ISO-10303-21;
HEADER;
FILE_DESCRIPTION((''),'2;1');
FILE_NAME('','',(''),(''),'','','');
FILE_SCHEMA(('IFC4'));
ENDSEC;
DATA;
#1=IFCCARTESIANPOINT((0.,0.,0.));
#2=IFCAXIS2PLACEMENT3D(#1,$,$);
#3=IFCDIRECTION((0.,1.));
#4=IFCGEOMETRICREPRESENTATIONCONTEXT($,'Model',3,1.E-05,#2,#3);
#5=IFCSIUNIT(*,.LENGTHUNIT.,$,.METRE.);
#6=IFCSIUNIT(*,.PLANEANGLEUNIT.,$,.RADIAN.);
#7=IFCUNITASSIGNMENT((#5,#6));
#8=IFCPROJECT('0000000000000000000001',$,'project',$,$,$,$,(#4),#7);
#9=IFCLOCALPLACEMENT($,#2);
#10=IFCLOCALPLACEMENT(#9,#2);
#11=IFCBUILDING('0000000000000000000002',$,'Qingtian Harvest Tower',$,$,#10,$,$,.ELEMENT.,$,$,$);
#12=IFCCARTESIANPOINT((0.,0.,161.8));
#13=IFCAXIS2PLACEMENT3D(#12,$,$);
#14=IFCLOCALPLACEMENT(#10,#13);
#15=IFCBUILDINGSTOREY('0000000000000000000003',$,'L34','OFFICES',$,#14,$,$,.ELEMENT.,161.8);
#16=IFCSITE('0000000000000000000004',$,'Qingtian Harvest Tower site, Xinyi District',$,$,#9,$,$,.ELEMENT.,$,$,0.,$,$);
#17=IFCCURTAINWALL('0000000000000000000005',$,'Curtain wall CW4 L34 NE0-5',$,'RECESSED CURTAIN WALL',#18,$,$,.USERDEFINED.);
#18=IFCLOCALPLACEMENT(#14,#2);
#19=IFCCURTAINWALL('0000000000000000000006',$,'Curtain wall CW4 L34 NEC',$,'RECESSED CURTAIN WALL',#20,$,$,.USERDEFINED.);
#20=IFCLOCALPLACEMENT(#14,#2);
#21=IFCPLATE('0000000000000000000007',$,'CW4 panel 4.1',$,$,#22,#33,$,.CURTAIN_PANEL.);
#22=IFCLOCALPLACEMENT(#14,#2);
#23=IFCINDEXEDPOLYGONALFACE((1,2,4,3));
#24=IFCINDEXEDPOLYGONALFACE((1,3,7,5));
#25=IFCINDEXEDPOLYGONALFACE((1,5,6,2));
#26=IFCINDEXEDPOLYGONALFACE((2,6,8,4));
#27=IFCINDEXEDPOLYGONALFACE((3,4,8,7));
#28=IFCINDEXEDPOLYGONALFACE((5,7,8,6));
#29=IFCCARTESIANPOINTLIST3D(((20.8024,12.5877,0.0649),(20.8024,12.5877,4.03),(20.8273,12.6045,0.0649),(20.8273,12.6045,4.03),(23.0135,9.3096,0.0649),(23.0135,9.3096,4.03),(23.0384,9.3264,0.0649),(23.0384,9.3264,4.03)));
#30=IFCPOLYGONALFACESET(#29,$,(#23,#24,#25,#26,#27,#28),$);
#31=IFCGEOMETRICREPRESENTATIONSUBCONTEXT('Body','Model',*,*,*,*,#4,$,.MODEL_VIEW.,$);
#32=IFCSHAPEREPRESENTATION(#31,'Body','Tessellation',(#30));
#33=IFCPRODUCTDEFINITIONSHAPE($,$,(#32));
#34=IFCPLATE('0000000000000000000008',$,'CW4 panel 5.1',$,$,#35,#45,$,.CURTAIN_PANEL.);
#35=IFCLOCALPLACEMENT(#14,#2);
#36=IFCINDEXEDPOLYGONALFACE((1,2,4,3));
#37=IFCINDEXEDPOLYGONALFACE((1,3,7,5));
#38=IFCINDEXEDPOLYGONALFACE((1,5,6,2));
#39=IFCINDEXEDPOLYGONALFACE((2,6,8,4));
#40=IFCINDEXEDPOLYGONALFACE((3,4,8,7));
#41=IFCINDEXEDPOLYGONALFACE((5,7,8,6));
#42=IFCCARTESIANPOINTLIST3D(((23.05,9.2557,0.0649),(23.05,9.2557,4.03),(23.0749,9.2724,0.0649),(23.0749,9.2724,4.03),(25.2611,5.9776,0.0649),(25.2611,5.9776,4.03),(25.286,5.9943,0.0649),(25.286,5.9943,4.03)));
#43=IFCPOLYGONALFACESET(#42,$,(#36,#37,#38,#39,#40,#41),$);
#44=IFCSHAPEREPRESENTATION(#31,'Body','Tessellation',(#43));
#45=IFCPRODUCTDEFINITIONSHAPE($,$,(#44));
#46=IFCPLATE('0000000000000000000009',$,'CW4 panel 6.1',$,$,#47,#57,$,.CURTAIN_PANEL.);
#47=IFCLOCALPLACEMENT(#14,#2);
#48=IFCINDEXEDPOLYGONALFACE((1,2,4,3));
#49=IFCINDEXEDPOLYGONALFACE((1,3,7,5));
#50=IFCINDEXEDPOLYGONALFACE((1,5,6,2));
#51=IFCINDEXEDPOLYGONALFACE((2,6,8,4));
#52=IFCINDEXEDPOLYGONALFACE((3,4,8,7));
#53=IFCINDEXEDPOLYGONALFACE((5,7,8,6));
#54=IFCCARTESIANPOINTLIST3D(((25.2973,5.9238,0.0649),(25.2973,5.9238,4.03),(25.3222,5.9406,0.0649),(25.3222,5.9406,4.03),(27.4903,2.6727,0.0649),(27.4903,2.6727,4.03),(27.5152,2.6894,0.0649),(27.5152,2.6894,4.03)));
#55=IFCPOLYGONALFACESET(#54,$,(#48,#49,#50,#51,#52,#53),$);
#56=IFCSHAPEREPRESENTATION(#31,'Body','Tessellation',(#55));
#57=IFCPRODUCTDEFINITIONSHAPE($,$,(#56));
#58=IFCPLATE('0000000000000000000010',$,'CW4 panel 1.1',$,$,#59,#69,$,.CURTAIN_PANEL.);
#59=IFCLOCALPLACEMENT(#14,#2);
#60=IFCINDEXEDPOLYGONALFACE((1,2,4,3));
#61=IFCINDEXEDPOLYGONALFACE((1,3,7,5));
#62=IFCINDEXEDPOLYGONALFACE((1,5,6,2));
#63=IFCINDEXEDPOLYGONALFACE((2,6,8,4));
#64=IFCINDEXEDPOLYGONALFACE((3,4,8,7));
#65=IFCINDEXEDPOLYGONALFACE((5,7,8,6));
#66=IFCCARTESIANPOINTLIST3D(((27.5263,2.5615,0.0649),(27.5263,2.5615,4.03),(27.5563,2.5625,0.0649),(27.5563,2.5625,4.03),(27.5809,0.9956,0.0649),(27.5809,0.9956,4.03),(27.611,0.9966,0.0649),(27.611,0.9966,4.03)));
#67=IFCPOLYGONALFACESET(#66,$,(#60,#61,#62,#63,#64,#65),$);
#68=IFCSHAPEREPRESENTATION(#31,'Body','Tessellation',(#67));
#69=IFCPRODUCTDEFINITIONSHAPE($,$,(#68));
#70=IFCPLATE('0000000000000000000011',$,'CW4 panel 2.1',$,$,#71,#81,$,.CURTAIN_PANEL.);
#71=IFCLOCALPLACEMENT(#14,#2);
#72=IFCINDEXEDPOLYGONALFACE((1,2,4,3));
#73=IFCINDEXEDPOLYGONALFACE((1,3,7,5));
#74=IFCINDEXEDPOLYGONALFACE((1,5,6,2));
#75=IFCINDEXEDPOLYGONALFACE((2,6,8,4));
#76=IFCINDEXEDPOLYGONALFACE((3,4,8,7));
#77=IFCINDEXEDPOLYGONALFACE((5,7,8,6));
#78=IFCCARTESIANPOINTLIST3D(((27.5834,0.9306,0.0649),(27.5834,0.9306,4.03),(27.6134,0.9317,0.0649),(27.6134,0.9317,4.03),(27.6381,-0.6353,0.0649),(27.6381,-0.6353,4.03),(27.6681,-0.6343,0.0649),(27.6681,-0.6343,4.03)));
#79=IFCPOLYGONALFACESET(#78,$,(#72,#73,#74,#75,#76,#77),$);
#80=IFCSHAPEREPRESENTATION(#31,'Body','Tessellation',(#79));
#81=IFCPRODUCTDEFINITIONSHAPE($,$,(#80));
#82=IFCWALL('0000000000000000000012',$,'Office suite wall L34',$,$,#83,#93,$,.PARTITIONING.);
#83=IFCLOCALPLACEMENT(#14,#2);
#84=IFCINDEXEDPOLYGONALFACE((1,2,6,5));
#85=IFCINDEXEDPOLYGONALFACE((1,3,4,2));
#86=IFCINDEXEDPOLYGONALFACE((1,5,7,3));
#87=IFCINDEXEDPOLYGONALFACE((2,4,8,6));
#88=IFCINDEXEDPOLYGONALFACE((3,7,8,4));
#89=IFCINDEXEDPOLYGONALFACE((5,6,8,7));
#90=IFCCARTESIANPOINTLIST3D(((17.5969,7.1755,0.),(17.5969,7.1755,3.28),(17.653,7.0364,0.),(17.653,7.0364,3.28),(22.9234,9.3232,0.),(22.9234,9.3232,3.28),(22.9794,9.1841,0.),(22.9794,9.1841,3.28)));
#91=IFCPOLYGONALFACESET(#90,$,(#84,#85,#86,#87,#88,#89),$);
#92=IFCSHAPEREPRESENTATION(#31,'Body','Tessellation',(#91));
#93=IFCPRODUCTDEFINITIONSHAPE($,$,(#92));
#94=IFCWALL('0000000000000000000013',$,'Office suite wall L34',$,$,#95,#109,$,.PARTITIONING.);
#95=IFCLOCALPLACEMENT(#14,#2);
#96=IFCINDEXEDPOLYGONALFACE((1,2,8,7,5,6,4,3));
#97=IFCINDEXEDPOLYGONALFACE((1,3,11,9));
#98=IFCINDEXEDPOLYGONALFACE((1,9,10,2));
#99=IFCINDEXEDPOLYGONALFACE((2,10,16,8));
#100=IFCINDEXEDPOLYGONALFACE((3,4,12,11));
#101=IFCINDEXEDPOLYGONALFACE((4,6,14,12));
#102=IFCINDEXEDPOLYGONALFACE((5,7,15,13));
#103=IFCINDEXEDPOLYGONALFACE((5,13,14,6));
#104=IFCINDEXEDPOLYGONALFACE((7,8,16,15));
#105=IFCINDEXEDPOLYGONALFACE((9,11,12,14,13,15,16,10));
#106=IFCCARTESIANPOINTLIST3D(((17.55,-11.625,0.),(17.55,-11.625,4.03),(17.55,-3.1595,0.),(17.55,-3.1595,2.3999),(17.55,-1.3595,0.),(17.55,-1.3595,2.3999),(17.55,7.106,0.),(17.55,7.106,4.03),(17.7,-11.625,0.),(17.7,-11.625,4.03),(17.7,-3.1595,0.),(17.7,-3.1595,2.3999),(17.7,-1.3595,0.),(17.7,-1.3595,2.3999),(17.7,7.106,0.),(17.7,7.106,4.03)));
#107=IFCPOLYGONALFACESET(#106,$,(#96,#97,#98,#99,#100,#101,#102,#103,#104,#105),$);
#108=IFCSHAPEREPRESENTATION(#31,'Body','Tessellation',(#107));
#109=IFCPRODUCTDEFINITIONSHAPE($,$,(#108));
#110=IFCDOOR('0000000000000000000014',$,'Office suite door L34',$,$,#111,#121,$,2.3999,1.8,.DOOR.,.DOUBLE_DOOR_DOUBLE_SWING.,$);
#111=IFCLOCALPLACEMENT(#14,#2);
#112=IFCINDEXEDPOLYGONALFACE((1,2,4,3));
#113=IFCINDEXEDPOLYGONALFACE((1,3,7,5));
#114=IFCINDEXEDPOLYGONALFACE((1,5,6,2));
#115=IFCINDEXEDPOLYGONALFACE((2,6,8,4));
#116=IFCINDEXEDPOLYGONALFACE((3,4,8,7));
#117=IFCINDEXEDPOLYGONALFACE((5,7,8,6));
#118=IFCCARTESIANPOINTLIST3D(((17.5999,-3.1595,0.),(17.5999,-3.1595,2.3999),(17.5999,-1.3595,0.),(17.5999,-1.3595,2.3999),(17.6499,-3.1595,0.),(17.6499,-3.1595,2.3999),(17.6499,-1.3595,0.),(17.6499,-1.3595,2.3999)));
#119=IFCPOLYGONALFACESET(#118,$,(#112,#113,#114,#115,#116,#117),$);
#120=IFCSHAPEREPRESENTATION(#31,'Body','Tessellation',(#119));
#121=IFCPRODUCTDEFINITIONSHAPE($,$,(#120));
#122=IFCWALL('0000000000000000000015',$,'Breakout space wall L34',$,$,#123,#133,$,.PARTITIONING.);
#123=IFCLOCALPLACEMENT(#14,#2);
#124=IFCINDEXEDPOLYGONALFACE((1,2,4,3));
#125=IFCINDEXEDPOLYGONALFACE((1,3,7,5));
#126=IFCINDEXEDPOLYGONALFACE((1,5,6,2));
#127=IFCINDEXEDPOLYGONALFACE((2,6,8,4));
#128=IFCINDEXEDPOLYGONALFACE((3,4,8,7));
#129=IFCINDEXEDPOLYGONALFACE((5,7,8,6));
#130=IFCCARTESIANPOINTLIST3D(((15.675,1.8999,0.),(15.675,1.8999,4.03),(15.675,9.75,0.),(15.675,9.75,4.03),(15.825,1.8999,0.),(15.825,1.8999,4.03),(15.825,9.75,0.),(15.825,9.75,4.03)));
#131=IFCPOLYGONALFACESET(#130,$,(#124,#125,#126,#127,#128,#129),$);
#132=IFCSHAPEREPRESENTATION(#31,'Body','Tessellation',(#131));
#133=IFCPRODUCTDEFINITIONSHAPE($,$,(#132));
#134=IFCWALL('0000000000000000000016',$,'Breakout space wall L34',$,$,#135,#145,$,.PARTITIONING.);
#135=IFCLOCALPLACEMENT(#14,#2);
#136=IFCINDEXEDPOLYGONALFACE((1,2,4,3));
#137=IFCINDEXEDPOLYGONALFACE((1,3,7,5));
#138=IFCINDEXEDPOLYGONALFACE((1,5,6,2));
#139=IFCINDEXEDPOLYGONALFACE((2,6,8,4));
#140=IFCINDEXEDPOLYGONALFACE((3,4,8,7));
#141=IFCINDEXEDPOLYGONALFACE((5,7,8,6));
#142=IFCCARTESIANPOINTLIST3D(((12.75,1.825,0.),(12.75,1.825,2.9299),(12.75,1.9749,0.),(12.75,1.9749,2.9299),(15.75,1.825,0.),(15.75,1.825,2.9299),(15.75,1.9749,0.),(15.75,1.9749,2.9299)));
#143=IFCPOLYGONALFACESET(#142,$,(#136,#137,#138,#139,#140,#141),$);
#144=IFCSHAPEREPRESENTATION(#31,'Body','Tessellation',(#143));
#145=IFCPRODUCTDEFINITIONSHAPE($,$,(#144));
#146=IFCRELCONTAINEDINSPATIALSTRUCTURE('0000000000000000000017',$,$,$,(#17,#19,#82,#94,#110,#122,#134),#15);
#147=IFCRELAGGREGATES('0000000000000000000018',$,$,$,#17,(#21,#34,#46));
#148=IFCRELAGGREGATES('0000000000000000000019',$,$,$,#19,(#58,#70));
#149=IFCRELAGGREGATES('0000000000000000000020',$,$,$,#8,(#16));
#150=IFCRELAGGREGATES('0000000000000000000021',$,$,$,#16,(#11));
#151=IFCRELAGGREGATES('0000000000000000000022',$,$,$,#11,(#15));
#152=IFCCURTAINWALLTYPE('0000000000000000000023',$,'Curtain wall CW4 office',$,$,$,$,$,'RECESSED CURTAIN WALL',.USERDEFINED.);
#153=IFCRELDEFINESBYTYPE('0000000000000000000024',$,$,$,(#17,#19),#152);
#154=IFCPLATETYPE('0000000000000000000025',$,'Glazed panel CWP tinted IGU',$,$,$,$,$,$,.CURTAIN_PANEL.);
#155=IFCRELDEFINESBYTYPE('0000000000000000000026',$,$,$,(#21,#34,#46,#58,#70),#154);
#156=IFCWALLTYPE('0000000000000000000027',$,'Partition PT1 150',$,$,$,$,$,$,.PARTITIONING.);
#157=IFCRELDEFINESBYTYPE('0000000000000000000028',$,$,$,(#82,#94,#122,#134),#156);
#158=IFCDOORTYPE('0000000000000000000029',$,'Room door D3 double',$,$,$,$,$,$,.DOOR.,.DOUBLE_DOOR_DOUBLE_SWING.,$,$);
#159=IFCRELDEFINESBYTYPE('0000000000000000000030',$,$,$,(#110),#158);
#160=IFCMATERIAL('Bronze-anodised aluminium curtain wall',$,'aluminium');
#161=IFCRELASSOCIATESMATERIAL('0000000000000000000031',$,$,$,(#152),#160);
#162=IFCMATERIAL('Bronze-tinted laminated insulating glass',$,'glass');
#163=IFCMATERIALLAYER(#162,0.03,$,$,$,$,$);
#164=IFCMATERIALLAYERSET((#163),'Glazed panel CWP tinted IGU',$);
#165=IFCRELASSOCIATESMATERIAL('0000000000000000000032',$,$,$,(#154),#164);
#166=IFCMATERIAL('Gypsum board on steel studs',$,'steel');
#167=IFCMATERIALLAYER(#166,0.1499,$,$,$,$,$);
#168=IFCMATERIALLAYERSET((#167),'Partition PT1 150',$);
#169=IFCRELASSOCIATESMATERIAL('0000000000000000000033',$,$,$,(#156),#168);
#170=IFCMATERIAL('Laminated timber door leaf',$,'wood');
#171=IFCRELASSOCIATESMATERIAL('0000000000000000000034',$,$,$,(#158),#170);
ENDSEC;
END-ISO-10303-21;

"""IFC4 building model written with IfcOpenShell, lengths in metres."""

from ifc_helpers import new_model, si_unit, direction, frame, frame_2d, origin, origin_2d, place, context, subcontext, project, spatial, rectangle, extrude, material, layer, layer_set, type_object, element, fill, aggregate, save


model = new_model("IFC4")

# Units and contexts
model_context = context("Model", 3, precision=1e-05, world=origin(), true_north=direction((0.0, 1.0)))
body_context = subcontext(model_context, "Body", "Model", "MODEL_VIEW")
ifc_project = project(units=[si_unit("LENGTHUNIT", "METRE"), si_unit("PLANEANGLEUNIT", "RADIAN")], contexts=[model_context])

# Site, building, storey
site_placement = place(None, origin())
site = spatial("IfcSite", under=ifc_project, at=site_placement, Name="Qingtian Harvest Tower site, Xinyi District", CompositionType="ELEMENT", RefElevation=0.0)
building_placement = place(site_placement, origin())
building = spatial("IfcBuilding", under=site, at=building_placement, Name="Qingtian Harvest Tower", CompositionType="ELEMENT")
storey_placement = place(building_placement, frame((0.0, 0.0, 161.8)))
storey = spatial("IfcBuildingStorey", under=building, at=storey_placement, Name="L34", Description="OFFICES", CompositionType="ELEMENT", Elevation=161.8)

# Curtain walls
ifc_material_1 = material(Name="Bronze-anodised aluminium curtain wall", Category="aluminium")
curtain_wall_type = type_object("IfcCurtainWallType", Name="Curtain wall CW4 office", ElementType="RECESSED CURTAIN WALL", PredefinedType="USERDEFINED", material=ifc_material_1)
curtain_wall_1_placement = place(storey_placement, origin())
curtain_wall_1 = element("IfcCurtainWall", 1, at=curtain_wall_1_placement, inside=storey, type_object=curtain_wall_type, Name="Curtain wall CW4 L34 NE0-5", ObjectType="RECESSED CURTAIN WALL", PredefinedType="USERDEFINED")
curtain_wall_2_placement = place(storey_placement, origin())
curtain_wall_2 = element("IfcCurtainWall", 2, at=curtain_wall_2_placement, inside=storey, type_object=curtain_wall_type, Name="Curtain wall CW4 L34 NEC", ObjectType="RECESSED CURTAIN WALL", PredefinedType="USERDEFINED")

# Plates
ifc_material_2 = material(Name="Bronze-tinted laminated insulating glass", Category="glass")
ifc_layer_1 = layer(ifc_material_2, 0.03)
ifc_layer_set_1 = layer_set([ifc_layer_1], Name="Glazed panel CWP tinted IGU")
plate_type = type_object("IfcPlateType", Name="Glazed panel CWP tinted IGU", PredefinedType="CURTAIN_PANEL", material=ifc_layer_set_1)
plate_1_placement = place(storey_placement, frame((21.9204, 10.957, 0.0649), z_axis=(0.0, 0.0, 1.0), x_axis=(0.559193, -0.829038, 0.0)))
plate_1 = element("IfcPlate", 3, at=plate_1_placement, type_object=plate_type, Name="CW4 panel 4.1", PredefinedType="CURTAIN_PANEL", context=body_context, shape_type="SweptSolid", body=[
    extrude(rectangle(XDim=3.9541, YDim=0.03, at=origin_2d()), origin(), (0.0, 0.0, 1.0), 3.9651),
])
plate_2_placement = place(storey_placement, frame((24.168, 7.625, 0.0649), z_axis=(0.0, 0.0, 1.0), x_axis=(0.559193, -0.829038, 0.0)))
plate_2 = element("IfcPlate", 4, at=plate_2_placement, type_object=plate_type, Name="CW4 panel 5.1", PredefinedType="CURTAIN_PANEL", context=body_context, shape_type="SweptSolid", body=[
    extrude(rectangle(XDim=3.9541, YDim=0.03, at=origin_2d()), origin(), (0.0, 0.0, 1.0), 3.9651),
])
plate_3_placement = place(storey_placement, frame((26.4062, 4.3066, 0.0649), z_axis=(0.0, 0.0, 1.0), x_axis=(0.559193, -0.829038, 0.0)))
plate_3 = element("IfcPlate", 5, at=plate_3_placement, type_object=plate_type, Name="CW4 panel 6.1", PredefinedType="CURTAIN_PANEL", context=body_context, shape_type="SweptSolid", body=[
    extrude(rectangle(XDim=3.9216, YDim=0.03, at=origin_2d()), origin(), (0.0, 0.0, 1.0), 3.9651),
])
aggregate(curtain_wall_1, [plate_1, plate_2, plate_3])
plate_4_placement = place(storey_placement, frame((27.5686, 1.7791, 0.0649), z_axis=(0.0, 0.0, 1.0), x_axis=(0.034899, -0.999391, 0.0)))
plate_4 = element("IfcPlate", 6, at=plate_4_placement, type_object=plate_type, Name="CW4 panel 1.1", PredefinedType="CURTAIN_PANEL", context=body_context, shape_type="SweptSolid", body=[
    extrude(rectangle(XDim=1.5669, YDim=0.03, at=origin_2d()), origin(), (0.0, 0.0, 1.0), 3.9651),
])
plate_5_placement = place(storey_placement, frame((27.6257, 0.1482, 0.0649), z_axis=(0.0, 0.0, 1.0), x_axis=(0.034899, -0.999391, 0.0)))
plate_5 = element("IfcPlate", 7, at=plate_5_placement, type_object=plate_type, Name="CW4 panel 2.1", PredefinedType="CURTAIN_PANEL", context=body_context, shape_type="SweptSolid", body=[
    extrude(rectangle(XDim=1.5669, YDim=0.03, at=origin_2d()), origin(), (0.0, 0.0, 1.0), 3.9651),
])
aggregate(curtain_wall_2, [plate_4, plate_5])

# Wall
ifc_material_3 = material(Name="Gypsum board on steel studs", Category="steel")
ifc_layer_2 = layer(ifc_material_3, 0.1499)
ifc_layer_set_2 = layer_set([ifc_layer_2], Name="Partition PT1 150")
wall_type = type_object("IfcWallType", Name="Partition PT1 150", PredefinedType="PARTITIONING", material=ifc_layer_set_2)
wall_1_placement = place(storey_placement, frame((22.9514, 9.2537, 0.0), z_axis=(0.0, 0.0, 1.0), x_axis=(-0.927444, -0.373962, 0.0)))
element("IfcWall", 8, at=wall_1_placement, inside=storey, type_object=wall_type, Name="Office suite wall L34", PredefinedType="PARTITIONING", context=body_context, shape_type="SweptSolid", body=[
    extrude(rectangle(XDim=5.7432, YDim=0.1499, at=frame_2d((2.8716, 0.0))), origin(), (0.0, 0.0, 1.0), 3.28),
])

# Wall, opening, door
wall_2_placement = place(storey_placement, frame((17.625, 7.106, 0.0), z_axis=(0.0, 0.0, 1.0), x_axis=(0.0, -1.0, 0.0)))
wall_2 = element("IfcWall", 9, at=wall_2_placement, inside=storey, type_object=wall_type, Name="Office suite wall L34", PredefinedType="PARTITIONING", context=body_context, shape_type="SweptSolid", body=[
    extrude(rectangle(XDim=18.731, YDim=0.1499, at=frame_2d((9.3655, 0.0))), origin(), (0.0, 0.0, 1.0), 4.03),
])
opening_placement = place(wall_2_placement, frame((8.4656, 0.0, 0.0)))
opening = element("IfcOpeningElement", 10, at=opening_placement, cuts=wall_2, PredefinedType="OPENING", context=body_context, shape_type="SweptSolid", body=[
    extrude(rectangle(XDim=1.8, YDim=2.3999, at=frame_2d((0.8999, 1.2))), frame((0.0, 0.085, 0.0), z_axis=(0.0, -1.0, 0.0), x_axis=(1.0, 0.0, 0.0)), (0.0, 0.0, 1.0), 0.1699),
])
ifc_material_4 = material(Name="Laminated timber door leaf", Category="wood")
door_type = type_object("IfcDoorType", Name="Room door D3 double", OperationType="DOUBLE_DOOR_DOUBLE_SWING", PredefinedType="DOOR", material=ifc_material_4)
door_placement = place(opening_placement, origin())
door = element("IfcDoor", 11, at=door_placement, inside=storey, type_object=door_type, Name="Office suite door L34", OperationType="DOUBLE_DOOR_DOUBLE_SWING", OverallHeight=2.3999, OverallWidth=1.8, PredefinedType="DOOR", context=body_context, shape_type="SweptSolid", body=[
    extrude(rectangle(XDim=1.8, YDim=2.3999, at=frame_2d((0.8999, 1.2))), frame((0.0, 0.0249, 0.0), z_axis=(0.0, -1.0, 0.0), x_axis=(1.0, 0.0, 0.0)), (0.0, 0.0, 1.0), 0.05),
])
fill(opening, door)

# Walls
wall_3_placement = place(storey_placement, frame((15.75, 1.8999, 0.0), z_axis=(0.0, 0.0, 1.0), x_axis=(0.0, 1.0, 0.0)))
element("IfcWall", 12, at=wall_3_placement, inside=storey, type_object=wall_type, Name="Breakout space wall L34", PredefinedType="PARTITIONING", context=body_context, shape_type="SweptSolid", body=[
    extrude(rectangle(XDim=7.8501, YDim=0.1499, at=frame_2d((3.925, 0.0))), origin(), (0.0, 0.0, 1.0), 4.03),
])
wall_4_placement = place(storey_placement, frame((12.75, 1.8999, 0.0), z_axis=(0.0, 0.0, 1.0), x_axis=(1.0, 0.0, 0.0)))
element("IfcWall", 13, at=wall_4_placement, inside=storey, type_object=wall_type, Name="Breakout space wall L34", PredefinedType="PARTITIONING", context=body_context, shape_type="SweptSolid", body=[
    extrude(rectangle(XDim=3.0, YDim=0.1499, at=frame_2d((1.5, 0.0))), origin(), (0.0, 0.0, 1.0), 2.9299),
])

save(model, "model.ifc")
